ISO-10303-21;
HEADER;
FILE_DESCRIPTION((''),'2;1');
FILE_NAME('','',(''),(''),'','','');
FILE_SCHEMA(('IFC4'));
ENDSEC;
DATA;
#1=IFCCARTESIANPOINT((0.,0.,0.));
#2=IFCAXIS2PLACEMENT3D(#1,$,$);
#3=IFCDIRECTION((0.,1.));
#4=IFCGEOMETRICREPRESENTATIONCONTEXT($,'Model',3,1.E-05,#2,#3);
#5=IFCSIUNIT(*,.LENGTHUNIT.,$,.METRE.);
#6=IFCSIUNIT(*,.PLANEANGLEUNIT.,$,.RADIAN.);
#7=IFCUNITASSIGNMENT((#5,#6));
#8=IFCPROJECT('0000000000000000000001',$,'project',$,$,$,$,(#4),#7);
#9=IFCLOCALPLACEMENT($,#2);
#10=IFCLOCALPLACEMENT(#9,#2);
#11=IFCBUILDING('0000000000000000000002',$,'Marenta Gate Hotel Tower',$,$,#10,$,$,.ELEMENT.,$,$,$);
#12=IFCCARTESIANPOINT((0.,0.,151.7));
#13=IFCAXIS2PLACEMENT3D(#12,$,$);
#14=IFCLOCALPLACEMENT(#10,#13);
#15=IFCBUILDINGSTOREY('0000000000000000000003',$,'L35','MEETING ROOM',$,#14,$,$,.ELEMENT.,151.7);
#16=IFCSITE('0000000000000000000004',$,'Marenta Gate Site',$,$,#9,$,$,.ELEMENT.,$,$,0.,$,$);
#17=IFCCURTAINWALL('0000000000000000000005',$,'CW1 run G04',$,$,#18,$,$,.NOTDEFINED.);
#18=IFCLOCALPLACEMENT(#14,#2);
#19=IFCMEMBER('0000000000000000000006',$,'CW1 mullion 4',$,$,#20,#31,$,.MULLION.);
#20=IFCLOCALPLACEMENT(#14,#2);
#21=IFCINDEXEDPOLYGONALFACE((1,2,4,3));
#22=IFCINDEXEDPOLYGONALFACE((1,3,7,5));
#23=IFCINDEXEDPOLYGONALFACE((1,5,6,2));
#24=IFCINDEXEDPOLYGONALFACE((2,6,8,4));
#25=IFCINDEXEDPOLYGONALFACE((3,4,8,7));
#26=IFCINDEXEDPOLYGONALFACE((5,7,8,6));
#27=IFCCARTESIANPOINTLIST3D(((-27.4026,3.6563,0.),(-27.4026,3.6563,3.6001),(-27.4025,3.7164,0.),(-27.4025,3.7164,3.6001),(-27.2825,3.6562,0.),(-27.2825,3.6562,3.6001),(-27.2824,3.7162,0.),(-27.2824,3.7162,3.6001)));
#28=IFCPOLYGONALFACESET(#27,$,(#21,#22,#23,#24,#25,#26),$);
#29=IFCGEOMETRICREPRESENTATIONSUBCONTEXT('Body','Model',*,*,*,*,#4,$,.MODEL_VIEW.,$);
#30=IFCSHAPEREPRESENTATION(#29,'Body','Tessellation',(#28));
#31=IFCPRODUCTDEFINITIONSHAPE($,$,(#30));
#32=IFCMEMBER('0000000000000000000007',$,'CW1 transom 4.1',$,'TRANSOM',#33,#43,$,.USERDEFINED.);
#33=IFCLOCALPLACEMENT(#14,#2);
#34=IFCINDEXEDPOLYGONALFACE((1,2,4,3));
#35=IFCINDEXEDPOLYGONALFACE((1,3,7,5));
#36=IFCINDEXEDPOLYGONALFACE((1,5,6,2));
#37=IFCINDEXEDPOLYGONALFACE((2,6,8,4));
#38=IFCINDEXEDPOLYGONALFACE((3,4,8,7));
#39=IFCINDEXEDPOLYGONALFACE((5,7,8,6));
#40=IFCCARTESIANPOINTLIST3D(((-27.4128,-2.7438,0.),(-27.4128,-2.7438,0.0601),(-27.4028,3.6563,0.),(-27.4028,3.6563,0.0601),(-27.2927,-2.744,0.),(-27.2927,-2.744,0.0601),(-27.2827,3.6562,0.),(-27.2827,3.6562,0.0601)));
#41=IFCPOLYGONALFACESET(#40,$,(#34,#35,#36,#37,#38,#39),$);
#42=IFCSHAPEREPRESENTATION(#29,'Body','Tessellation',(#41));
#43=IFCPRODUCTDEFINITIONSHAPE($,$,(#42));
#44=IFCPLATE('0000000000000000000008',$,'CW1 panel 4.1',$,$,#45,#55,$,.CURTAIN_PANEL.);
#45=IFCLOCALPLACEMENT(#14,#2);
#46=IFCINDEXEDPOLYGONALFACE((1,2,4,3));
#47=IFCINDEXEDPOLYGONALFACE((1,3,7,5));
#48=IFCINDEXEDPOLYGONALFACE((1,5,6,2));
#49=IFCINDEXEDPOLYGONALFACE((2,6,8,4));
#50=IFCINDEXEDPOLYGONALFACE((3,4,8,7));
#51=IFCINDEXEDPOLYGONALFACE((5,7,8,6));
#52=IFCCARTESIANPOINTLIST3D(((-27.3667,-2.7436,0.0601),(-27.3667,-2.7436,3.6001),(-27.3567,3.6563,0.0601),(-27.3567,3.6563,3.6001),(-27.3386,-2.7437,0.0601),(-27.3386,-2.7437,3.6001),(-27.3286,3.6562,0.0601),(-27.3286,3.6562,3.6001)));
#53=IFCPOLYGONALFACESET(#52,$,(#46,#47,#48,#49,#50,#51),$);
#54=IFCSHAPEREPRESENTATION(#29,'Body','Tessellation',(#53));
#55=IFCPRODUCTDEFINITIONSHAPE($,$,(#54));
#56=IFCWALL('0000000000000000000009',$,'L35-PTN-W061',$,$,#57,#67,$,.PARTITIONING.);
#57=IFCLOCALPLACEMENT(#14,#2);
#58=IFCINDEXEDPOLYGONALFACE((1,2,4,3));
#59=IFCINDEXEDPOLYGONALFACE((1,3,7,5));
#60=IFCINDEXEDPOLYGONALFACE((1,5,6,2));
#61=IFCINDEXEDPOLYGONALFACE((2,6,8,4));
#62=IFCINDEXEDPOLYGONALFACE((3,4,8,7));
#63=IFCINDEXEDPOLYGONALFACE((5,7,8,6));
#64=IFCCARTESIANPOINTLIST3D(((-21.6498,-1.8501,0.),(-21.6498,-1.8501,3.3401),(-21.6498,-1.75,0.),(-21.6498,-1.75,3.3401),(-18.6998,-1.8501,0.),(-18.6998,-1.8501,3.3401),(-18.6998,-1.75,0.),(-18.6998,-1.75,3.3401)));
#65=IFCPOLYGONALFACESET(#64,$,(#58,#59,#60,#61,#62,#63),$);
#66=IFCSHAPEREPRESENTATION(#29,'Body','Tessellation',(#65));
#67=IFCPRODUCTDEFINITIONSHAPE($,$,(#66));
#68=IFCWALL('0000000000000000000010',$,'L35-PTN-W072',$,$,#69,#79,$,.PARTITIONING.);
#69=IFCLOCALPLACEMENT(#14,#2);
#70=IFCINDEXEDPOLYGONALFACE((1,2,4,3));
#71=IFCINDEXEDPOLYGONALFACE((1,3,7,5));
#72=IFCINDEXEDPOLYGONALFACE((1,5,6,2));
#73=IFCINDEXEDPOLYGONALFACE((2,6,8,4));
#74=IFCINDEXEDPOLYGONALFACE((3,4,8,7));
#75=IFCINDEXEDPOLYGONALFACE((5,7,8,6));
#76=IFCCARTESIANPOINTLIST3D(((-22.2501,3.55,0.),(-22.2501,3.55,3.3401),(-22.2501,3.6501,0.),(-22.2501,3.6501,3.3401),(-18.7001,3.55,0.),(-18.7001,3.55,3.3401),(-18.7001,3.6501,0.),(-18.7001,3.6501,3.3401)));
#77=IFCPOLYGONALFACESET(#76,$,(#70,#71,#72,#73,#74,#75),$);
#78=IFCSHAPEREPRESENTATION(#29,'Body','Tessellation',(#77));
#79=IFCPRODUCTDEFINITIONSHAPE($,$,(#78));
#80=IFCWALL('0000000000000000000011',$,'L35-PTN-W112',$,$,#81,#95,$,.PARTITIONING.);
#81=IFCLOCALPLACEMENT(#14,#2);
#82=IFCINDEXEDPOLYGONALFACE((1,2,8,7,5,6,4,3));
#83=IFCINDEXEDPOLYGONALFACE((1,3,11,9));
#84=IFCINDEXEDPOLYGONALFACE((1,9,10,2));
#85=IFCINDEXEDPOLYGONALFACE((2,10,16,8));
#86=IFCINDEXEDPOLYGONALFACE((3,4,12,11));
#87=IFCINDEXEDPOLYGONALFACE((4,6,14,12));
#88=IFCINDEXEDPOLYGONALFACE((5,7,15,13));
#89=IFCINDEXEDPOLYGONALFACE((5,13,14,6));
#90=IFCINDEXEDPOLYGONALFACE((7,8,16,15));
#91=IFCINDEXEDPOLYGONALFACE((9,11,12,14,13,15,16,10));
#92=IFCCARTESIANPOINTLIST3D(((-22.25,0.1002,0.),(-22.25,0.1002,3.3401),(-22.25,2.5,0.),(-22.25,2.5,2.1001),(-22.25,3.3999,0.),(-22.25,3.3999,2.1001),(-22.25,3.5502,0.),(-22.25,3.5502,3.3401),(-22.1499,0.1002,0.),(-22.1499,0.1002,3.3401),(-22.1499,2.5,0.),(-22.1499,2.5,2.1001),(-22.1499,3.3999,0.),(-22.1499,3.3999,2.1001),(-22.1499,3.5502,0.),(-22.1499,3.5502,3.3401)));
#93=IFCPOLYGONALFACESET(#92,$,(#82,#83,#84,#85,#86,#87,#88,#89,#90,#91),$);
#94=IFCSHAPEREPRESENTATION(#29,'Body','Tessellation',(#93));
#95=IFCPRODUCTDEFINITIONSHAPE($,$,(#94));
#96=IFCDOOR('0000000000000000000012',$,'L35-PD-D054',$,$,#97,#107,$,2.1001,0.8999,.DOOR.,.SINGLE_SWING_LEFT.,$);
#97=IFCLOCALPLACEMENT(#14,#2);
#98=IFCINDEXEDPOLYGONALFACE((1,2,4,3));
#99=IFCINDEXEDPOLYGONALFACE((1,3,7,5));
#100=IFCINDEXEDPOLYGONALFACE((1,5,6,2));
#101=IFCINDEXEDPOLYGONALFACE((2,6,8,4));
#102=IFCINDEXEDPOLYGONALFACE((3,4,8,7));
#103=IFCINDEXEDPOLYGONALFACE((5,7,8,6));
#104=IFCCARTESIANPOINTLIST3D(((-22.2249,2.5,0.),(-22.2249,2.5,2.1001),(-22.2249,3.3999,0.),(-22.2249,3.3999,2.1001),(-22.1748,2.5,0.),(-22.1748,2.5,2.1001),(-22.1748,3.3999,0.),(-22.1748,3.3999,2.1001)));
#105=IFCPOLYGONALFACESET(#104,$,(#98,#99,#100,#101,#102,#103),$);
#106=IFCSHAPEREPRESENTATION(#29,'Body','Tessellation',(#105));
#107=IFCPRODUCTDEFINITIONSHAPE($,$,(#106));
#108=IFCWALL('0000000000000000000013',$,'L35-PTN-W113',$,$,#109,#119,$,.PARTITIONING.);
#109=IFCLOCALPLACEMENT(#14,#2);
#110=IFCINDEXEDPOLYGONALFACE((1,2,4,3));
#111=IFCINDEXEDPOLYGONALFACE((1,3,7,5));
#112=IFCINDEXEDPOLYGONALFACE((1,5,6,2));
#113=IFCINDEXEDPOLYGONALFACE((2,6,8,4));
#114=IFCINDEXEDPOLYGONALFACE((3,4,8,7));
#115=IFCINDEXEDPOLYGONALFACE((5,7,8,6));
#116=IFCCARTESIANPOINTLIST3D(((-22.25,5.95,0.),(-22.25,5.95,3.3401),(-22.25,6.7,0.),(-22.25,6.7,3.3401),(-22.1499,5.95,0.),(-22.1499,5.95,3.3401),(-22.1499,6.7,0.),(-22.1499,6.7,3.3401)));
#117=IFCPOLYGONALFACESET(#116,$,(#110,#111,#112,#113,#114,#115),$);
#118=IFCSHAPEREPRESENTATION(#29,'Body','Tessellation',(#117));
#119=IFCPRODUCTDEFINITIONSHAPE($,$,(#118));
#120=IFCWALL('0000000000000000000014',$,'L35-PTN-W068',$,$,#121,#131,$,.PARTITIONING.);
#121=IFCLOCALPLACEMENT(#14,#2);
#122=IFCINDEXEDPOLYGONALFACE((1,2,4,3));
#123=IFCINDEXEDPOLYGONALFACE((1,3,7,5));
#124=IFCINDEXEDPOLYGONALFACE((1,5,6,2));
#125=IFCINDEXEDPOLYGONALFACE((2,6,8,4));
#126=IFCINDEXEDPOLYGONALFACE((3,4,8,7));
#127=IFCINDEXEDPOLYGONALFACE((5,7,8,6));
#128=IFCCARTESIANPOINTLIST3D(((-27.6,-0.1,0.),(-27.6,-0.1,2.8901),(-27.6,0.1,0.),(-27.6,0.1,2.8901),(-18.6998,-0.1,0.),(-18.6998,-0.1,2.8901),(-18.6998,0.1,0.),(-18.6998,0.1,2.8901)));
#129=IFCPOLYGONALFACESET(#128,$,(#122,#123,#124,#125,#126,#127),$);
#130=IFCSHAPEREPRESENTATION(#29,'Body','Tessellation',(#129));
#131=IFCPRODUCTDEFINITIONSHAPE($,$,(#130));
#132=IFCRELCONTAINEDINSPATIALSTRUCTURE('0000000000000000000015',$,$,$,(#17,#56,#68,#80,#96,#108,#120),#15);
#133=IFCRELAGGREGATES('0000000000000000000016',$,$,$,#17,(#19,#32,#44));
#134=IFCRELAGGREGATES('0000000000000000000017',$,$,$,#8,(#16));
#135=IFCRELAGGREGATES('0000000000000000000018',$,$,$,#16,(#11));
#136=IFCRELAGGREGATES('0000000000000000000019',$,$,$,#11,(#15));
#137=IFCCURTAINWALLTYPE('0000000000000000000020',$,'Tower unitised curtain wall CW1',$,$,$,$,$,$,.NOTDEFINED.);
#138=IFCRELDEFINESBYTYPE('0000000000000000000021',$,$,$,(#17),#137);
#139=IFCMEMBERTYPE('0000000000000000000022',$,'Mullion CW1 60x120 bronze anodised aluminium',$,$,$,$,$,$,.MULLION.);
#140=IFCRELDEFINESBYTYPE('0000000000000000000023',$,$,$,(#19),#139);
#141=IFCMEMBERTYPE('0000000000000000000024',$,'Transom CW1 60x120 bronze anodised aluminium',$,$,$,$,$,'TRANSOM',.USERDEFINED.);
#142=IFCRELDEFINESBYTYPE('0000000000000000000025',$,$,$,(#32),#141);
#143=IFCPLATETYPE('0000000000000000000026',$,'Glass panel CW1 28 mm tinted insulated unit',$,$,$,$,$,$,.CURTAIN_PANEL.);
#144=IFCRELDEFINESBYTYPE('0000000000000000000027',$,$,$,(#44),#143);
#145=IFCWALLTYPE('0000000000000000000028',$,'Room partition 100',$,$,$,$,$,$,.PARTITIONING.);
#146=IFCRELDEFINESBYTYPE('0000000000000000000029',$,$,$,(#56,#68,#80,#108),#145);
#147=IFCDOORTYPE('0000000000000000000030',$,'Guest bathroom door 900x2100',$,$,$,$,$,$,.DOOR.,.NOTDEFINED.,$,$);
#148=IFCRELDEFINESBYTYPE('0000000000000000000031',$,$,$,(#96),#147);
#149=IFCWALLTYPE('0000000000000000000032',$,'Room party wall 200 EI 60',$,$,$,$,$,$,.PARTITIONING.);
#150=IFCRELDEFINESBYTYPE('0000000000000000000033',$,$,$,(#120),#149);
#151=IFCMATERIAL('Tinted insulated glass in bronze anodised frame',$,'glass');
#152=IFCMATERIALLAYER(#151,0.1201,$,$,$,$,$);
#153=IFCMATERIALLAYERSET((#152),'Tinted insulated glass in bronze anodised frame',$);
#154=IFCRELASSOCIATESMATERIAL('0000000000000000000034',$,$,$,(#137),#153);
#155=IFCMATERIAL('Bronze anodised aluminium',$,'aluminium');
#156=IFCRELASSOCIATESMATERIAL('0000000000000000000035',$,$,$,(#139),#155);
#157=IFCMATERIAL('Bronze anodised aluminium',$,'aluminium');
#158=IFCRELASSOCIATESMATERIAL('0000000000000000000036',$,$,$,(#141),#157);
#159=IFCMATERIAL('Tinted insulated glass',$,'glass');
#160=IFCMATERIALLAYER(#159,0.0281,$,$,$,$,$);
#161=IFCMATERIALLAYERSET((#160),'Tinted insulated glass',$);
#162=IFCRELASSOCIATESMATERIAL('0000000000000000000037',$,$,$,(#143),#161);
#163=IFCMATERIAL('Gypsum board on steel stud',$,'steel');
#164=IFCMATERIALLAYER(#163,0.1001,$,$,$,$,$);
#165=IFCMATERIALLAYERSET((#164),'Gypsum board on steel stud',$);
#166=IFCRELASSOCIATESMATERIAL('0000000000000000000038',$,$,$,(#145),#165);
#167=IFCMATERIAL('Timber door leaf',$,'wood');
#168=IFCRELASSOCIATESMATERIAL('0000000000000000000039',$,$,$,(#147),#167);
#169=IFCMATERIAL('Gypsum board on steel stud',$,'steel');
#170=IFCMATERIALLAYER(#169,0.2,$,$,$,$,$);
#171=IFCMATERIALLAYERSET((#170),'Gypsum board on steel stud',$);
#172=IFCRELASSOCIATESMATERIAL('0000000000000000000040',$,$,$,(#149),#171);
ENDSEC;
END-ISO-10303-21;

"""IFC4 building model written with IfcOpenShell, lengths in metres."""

from ifc_helpers import new_model, si_unit, direction, frame, frame_2d, origin, origin_2d, place, context, subcontext, project, spatial, rectangle, extrude, material, layer, layer_set, material_profile, profile_set, type_object, element, fill, aggregate, save


model = new_model("IFC4")

# Units and contexts
model_context = context("Model", 3, precision=1e-05, world=origin(), true_north=direction((0.0, 1.0)))
body_context = subcontext(model_context, "Body", "Model", "MODEL_VIEW")
ifc_project = project(units=[si_unit("LENGTHUNIT", "METRE"), si_unit("PLANEANGLEUNIT", "RADIAN")], contexts=[model_context])

# Site, building, storey
site_placement = place(None, origin())
site = spatial("IfcSite", under=ifc_project, at=site_placement, Name="Marenta Gate Site", CompositionType="ELEMENT", RefElevation=0.0)
building_placement = place(site_placement, origin())
building = spatial("IfcBuilding", under=site, at=building_placement, Name="Marenta Gate Hotel Tower", CompositionType="ELEMENT")
storey_placement = place(building_placement, frame((0.0, 0.0, 151.7)))
storey = spatial("IfcBuildingStorey", under=building, at=storey_placement, Name="L35", Description="MEETING ROOM", CompositionType="ELEMENT", Elevation=151.7)

# Curtain wall, members, plate
ifc_material_1 = material(Name="Tinted insulated glass in bronze anodised frame", Category="glass")
ifc_layer_1 = layer(ifc_material_1, 0.1201)
ifc_layer_set_1 = layer_set([ifc_layer_1], Name="Tinted insulated glass in bronze anodised frame")
curtain_wall_type = type_object("IfcCurtainWallType", Name="Tower unitised curtain wall CW1", PredefinedType="NOTDEFINED", material=ifc_layer_set_1)
curtain_wall_placement = place(storey_placement, origin())
curtain_wall = element("IfcCurtainWall", 1, at=curtain_wall_placement, inside=storey, type_object=curtain_wall_type, Name="CW1 run G04", PredefinedType="NOTDEFINED")
ifc_material_2 = material(Name="Bronze anodised aluminium", Category="aluminium")
ifc_material_profile_1 = material_profile(ifc_material_2, rectangle(XDim=0.1201, YDim=0.0601, at=origin_2d()), Name="Mullion CW1 60x120 bronze anodised aluminium")
ifc_profile_set_1 = profile_set([ifc_material_profile_1], Name="Bronze anodised aluminium")
member_type_1 = type_object("IfcMemberType", Name="Mullion CW1 60x120 bronze anodised aluminium", PredefinedType="MULLION", material=ifc_profile_set_1)
member_1_placement = place(storey_placement, frame((-27.3425, 3.6863, 0.0), z_axis=(0.0, 0.0, 1.0), x_axis=(0.999999, -0.001566, 0.0)))
member_1 = element("IfcMember", 2, at=member_1_placement, type_object=member_type_1, Name="CW1 mullion 4", PredefinedType="MULLION", context=body_context, shape_type="SweptSolid", body=[
    extrude(rectangle(XDim=0.1201, YDim=0.0601, at=origin_2d()), origin(), (0.0, 0.0, 1.0), 3.6001),
])
ifc_material_3 = material(Name="Bronze anodised aluminium", Category="aluminium")
ifc_material_profile_2 = material_profile(ifc_material_3, rectangle(XDim=0.1201, YDim=0.0601, at=origin_2d()), Name="Transom CW1 60x120 bronze anodised aluminium")
ifc_profile_set_2 = profile_set([ifc_material_profile_2], Name="Bronze anodised aluminium")
member_type_2 = type_object("IfcMemberType", Name="Transom CW1 60x120 bronze anodised aluminium", ElementType="TRANSOM", PredefinedType="USERDEFINED", material=ifc_profile_set_2)
member_2_placement = place(storey_placement, frame((-27.3428, 3.6562, 0.03), z_axis=(-0.001564, -0.999999, 0.0), x_axis=(0.999999, -0.001564, 0.0)))
member_2 = element("IfcMember", 3, at=member_2_placement, type_object=member_type_2, Name="CW1 transom 4.1", ObjectType="TRANSOM", PredefinedType="USERDEFINED", context=body_context, shape_type="SweptSolid", body=[
    extrude(rectangle(XDim=0.1201, YDim=0.0601, at=origin_2d()), origin(), (0.0, 0.0, 1.0), 6.4001),
])
ifc_material_4 = material(Name="Tinted insulated glass", Category="glass")
ifc_layer_2 = layer(ifc_material_4, 0.0281)
ifc_layer_set_2 = layer_set([ifc_layer_2], Name="Tinted insulated glass")
plate_type = type_object("IfcPlateType", Name="Glass panel CW1 28 mm tinted insulated unit", PredefinedType="CURTAIN_PANEL", material=ifc_layer_set_2)
plate_placement = place(storey_placement, frame((-27.3477, 0.4563, 0.0601), z_axis=(0.0, 0.0, 1.0), x_axis=(-0.001566, -0.999999, 0.0)))
plate = element("IfcPlate", 4, at=plate_placement, type_object=plate_type, Name="CW1 panel 4.1", PredefinedType="CURTAIN_PANEL", context=body_context, shape_type="SweptSolid", body=[
    extrude(rectangle(XDim=6.3999, YDim=0.0281, at=origin_2d()), origin(), (0.0, 0.0, 1.0), 3.54),
])
aggregate(curtain_wall, [member_1, member_2, plate])

# Walls
ifc_material_5 = material(Name="Gypsum board on steel stud", Category="steel")
ifc_layer_3 = layer(ifc_material_5, 0.1001)
ifc_layer_set_3 = layer_set([ifc_layer_3], Name="Gypsum board on steel stud")
wall_type_1 = type_object("IfcWallType", Name="Room partition 100", PredefinedType="PARTITIONING", material=ifc_layer_set_3)
wall_1_placement = place(storey_placement, frame((-21.6499, -1.8, 0.0), z_axis=(0.0, 0.0, 1.0), x_axis=(1.0, 0.0, 0.0)))
element("IfcWall", 5, at=wall_1_placement, inside=storey, type_object=wall_type_1, Name="L35-PTN-W061", PredefinedType="PARTITIONING", context=body_context, shape_type="SweptSolid", body=[
    extrude(rectangle(XDim=2.95, YDim=0.1001, at=frame_2d((1.4751, 0.0))), origin(), (0.0, 0.0, 1.0), 3.3401),
])
wall_2_placement = place(storey_placement, frame((-22.25, 3.6001, 0.0), z_axis=(0.0, 0.0, 1.0), x_axis=(1.0, 0.0, 0.0)))
element("IfcWall", 6, at=wall_2_placement, inside=storey, type_object=wall_type_1, Name="L35-PTN-W072", PredefinedType="PARTITIONING", context=body_context, shape_type="SweptSolid", body=[
    extrude(rectangle(XDim=3.55, YDim=0.1001, at=frame_2d((1.7749, 0.0))), origin(), (0.0, 0.0, 1.0), 3.3401),
])

# Wall, opening, door
wall_3_placement = place(storey_placement, frame((-22.2, 0.1001, 0.0), z_axis=(0.0, 0.0, 1.0), x_axis=(0.0, 1.0, 0.0)))
wall_3 = element("IfcWall", 7, at=wall_3_placement, inside=storey, type_object=wall_type_1, Name="L35-PTN-W112", PredefinedType="PARTITIONING", context=body_context, shape_type="SweptSolid", body=[
    extrude(rectangle(XDim=3.45, YDim=0.1001, at=frame_2d((1.7251, 0.0))), origin(), (0.0, 0.0, 1.0), 3.3401),
])
opening_placement = place(wall_3_placement, frame((2.3999, 0.0, 0.0)))
opening = element("IfcOpeningElement", 8, at=opening_placement, cuts=wall_3, PredefinedType="OPENING", context=body_context, shape_type="SweptSolid", body=[
    extrude(rectangle(XDim=0.8999, YDim=2.1001, at=frame_2d((0.45, 1.05))), frame((0.0, 0.05, 0.0), z_axis=(0.0, -1.0, 0.0), x_axis=(1.0, 0.0, 0.0)), (0.0, 0.0, 1.0), 0.1001),
])
ifc_material_6 = material(Name="Timber door leaf", Category="wood")
door_type = type_object("IfcDoorType", Name="Guest bathroom door 900x2100", OperationType="NOTDEFINED", PredefinedType="DOOR", material=ifc_material_6)
door_placement = place(opening_placement, origin())
door = element("IfcDoor", 9, at=door_placement, inside=storey, type_object=door_type, Name="L35-PD-D054", OperationType="SINGLE_SWING_LEFT", OverallHeight=2.1001, OverallWidth=0.8999, PredefinedType="DOOR", context=body_context, shape_type="SweptSolid", body=[
    extrude(rectangle(XDim=0.8999, YDim=2.1001, at=frame_2d((0.45, 1.05))), frame((0.0, 0.0249, 0.0), z_axis=(0.0, -1.0, 0.0), x_axis=(1.0, 0.0, 0.0)), (0.0, 0.0, 1.0), 0.05),
])
fill(opening, door)

# Walls
wall_4_placement = place(storey_placement, frame((-22.2, 5.95, 0.0), z_axis=(0.0, 0.0, 1.0), x_axis=(0.0, 1.0, 0.0)))
element("IfcWall", 10, at=wall_4_placement, inside=storey, type_object=wall_type_1, Name="L35-PTN-W113", PredefinedType="PARTITIONING", context=body_context, shape_type="SweptSolid", body=[
    extrude(rectangle(XDim=0.75, YDim=0.1001, at=frame_2d((0.375, 0.0))), origin(), (0.0, 0.0, 1.0), 3.3401),
])
ifc_material_7 = material(Name="Gypsum board on steel stud", Category="steel")
ifc_layer_4 = layer(ifc_material_7, 0.2)
ifc_layer_set_4 = layer_set([ifc_layer_4], Name="Gypsum board on steel stud")
wall_type_2 = type_object("IfcWallType", Name="Room party wall 200 EI 60", PredefinedType="PARTITIONING", material=ifc_layer_set_4)
wall_5_placement = place(storey_placement, frame((-27.6001, 0.0, 0.0), z_axis=(0.0, 0.0, 1.0), x_axis=(1.0, 0.0, 0.0)))
element("IfcWall", 11, at=wall_5_placement, inside=storey, type_object=wall_type_2, Name="L35-PTN-W068", PredefinedType="PARTITIONING", context=body_context, shape_type="SweptSolid", body=[
    extrude(rectangle(XDim=8.9001, YDim=0.2, at=frame_2d((4.4502, 0.0))), origin(), (0.0, 0.0, 1.0), 2.8901),
])

save(model, "model.ifc")
